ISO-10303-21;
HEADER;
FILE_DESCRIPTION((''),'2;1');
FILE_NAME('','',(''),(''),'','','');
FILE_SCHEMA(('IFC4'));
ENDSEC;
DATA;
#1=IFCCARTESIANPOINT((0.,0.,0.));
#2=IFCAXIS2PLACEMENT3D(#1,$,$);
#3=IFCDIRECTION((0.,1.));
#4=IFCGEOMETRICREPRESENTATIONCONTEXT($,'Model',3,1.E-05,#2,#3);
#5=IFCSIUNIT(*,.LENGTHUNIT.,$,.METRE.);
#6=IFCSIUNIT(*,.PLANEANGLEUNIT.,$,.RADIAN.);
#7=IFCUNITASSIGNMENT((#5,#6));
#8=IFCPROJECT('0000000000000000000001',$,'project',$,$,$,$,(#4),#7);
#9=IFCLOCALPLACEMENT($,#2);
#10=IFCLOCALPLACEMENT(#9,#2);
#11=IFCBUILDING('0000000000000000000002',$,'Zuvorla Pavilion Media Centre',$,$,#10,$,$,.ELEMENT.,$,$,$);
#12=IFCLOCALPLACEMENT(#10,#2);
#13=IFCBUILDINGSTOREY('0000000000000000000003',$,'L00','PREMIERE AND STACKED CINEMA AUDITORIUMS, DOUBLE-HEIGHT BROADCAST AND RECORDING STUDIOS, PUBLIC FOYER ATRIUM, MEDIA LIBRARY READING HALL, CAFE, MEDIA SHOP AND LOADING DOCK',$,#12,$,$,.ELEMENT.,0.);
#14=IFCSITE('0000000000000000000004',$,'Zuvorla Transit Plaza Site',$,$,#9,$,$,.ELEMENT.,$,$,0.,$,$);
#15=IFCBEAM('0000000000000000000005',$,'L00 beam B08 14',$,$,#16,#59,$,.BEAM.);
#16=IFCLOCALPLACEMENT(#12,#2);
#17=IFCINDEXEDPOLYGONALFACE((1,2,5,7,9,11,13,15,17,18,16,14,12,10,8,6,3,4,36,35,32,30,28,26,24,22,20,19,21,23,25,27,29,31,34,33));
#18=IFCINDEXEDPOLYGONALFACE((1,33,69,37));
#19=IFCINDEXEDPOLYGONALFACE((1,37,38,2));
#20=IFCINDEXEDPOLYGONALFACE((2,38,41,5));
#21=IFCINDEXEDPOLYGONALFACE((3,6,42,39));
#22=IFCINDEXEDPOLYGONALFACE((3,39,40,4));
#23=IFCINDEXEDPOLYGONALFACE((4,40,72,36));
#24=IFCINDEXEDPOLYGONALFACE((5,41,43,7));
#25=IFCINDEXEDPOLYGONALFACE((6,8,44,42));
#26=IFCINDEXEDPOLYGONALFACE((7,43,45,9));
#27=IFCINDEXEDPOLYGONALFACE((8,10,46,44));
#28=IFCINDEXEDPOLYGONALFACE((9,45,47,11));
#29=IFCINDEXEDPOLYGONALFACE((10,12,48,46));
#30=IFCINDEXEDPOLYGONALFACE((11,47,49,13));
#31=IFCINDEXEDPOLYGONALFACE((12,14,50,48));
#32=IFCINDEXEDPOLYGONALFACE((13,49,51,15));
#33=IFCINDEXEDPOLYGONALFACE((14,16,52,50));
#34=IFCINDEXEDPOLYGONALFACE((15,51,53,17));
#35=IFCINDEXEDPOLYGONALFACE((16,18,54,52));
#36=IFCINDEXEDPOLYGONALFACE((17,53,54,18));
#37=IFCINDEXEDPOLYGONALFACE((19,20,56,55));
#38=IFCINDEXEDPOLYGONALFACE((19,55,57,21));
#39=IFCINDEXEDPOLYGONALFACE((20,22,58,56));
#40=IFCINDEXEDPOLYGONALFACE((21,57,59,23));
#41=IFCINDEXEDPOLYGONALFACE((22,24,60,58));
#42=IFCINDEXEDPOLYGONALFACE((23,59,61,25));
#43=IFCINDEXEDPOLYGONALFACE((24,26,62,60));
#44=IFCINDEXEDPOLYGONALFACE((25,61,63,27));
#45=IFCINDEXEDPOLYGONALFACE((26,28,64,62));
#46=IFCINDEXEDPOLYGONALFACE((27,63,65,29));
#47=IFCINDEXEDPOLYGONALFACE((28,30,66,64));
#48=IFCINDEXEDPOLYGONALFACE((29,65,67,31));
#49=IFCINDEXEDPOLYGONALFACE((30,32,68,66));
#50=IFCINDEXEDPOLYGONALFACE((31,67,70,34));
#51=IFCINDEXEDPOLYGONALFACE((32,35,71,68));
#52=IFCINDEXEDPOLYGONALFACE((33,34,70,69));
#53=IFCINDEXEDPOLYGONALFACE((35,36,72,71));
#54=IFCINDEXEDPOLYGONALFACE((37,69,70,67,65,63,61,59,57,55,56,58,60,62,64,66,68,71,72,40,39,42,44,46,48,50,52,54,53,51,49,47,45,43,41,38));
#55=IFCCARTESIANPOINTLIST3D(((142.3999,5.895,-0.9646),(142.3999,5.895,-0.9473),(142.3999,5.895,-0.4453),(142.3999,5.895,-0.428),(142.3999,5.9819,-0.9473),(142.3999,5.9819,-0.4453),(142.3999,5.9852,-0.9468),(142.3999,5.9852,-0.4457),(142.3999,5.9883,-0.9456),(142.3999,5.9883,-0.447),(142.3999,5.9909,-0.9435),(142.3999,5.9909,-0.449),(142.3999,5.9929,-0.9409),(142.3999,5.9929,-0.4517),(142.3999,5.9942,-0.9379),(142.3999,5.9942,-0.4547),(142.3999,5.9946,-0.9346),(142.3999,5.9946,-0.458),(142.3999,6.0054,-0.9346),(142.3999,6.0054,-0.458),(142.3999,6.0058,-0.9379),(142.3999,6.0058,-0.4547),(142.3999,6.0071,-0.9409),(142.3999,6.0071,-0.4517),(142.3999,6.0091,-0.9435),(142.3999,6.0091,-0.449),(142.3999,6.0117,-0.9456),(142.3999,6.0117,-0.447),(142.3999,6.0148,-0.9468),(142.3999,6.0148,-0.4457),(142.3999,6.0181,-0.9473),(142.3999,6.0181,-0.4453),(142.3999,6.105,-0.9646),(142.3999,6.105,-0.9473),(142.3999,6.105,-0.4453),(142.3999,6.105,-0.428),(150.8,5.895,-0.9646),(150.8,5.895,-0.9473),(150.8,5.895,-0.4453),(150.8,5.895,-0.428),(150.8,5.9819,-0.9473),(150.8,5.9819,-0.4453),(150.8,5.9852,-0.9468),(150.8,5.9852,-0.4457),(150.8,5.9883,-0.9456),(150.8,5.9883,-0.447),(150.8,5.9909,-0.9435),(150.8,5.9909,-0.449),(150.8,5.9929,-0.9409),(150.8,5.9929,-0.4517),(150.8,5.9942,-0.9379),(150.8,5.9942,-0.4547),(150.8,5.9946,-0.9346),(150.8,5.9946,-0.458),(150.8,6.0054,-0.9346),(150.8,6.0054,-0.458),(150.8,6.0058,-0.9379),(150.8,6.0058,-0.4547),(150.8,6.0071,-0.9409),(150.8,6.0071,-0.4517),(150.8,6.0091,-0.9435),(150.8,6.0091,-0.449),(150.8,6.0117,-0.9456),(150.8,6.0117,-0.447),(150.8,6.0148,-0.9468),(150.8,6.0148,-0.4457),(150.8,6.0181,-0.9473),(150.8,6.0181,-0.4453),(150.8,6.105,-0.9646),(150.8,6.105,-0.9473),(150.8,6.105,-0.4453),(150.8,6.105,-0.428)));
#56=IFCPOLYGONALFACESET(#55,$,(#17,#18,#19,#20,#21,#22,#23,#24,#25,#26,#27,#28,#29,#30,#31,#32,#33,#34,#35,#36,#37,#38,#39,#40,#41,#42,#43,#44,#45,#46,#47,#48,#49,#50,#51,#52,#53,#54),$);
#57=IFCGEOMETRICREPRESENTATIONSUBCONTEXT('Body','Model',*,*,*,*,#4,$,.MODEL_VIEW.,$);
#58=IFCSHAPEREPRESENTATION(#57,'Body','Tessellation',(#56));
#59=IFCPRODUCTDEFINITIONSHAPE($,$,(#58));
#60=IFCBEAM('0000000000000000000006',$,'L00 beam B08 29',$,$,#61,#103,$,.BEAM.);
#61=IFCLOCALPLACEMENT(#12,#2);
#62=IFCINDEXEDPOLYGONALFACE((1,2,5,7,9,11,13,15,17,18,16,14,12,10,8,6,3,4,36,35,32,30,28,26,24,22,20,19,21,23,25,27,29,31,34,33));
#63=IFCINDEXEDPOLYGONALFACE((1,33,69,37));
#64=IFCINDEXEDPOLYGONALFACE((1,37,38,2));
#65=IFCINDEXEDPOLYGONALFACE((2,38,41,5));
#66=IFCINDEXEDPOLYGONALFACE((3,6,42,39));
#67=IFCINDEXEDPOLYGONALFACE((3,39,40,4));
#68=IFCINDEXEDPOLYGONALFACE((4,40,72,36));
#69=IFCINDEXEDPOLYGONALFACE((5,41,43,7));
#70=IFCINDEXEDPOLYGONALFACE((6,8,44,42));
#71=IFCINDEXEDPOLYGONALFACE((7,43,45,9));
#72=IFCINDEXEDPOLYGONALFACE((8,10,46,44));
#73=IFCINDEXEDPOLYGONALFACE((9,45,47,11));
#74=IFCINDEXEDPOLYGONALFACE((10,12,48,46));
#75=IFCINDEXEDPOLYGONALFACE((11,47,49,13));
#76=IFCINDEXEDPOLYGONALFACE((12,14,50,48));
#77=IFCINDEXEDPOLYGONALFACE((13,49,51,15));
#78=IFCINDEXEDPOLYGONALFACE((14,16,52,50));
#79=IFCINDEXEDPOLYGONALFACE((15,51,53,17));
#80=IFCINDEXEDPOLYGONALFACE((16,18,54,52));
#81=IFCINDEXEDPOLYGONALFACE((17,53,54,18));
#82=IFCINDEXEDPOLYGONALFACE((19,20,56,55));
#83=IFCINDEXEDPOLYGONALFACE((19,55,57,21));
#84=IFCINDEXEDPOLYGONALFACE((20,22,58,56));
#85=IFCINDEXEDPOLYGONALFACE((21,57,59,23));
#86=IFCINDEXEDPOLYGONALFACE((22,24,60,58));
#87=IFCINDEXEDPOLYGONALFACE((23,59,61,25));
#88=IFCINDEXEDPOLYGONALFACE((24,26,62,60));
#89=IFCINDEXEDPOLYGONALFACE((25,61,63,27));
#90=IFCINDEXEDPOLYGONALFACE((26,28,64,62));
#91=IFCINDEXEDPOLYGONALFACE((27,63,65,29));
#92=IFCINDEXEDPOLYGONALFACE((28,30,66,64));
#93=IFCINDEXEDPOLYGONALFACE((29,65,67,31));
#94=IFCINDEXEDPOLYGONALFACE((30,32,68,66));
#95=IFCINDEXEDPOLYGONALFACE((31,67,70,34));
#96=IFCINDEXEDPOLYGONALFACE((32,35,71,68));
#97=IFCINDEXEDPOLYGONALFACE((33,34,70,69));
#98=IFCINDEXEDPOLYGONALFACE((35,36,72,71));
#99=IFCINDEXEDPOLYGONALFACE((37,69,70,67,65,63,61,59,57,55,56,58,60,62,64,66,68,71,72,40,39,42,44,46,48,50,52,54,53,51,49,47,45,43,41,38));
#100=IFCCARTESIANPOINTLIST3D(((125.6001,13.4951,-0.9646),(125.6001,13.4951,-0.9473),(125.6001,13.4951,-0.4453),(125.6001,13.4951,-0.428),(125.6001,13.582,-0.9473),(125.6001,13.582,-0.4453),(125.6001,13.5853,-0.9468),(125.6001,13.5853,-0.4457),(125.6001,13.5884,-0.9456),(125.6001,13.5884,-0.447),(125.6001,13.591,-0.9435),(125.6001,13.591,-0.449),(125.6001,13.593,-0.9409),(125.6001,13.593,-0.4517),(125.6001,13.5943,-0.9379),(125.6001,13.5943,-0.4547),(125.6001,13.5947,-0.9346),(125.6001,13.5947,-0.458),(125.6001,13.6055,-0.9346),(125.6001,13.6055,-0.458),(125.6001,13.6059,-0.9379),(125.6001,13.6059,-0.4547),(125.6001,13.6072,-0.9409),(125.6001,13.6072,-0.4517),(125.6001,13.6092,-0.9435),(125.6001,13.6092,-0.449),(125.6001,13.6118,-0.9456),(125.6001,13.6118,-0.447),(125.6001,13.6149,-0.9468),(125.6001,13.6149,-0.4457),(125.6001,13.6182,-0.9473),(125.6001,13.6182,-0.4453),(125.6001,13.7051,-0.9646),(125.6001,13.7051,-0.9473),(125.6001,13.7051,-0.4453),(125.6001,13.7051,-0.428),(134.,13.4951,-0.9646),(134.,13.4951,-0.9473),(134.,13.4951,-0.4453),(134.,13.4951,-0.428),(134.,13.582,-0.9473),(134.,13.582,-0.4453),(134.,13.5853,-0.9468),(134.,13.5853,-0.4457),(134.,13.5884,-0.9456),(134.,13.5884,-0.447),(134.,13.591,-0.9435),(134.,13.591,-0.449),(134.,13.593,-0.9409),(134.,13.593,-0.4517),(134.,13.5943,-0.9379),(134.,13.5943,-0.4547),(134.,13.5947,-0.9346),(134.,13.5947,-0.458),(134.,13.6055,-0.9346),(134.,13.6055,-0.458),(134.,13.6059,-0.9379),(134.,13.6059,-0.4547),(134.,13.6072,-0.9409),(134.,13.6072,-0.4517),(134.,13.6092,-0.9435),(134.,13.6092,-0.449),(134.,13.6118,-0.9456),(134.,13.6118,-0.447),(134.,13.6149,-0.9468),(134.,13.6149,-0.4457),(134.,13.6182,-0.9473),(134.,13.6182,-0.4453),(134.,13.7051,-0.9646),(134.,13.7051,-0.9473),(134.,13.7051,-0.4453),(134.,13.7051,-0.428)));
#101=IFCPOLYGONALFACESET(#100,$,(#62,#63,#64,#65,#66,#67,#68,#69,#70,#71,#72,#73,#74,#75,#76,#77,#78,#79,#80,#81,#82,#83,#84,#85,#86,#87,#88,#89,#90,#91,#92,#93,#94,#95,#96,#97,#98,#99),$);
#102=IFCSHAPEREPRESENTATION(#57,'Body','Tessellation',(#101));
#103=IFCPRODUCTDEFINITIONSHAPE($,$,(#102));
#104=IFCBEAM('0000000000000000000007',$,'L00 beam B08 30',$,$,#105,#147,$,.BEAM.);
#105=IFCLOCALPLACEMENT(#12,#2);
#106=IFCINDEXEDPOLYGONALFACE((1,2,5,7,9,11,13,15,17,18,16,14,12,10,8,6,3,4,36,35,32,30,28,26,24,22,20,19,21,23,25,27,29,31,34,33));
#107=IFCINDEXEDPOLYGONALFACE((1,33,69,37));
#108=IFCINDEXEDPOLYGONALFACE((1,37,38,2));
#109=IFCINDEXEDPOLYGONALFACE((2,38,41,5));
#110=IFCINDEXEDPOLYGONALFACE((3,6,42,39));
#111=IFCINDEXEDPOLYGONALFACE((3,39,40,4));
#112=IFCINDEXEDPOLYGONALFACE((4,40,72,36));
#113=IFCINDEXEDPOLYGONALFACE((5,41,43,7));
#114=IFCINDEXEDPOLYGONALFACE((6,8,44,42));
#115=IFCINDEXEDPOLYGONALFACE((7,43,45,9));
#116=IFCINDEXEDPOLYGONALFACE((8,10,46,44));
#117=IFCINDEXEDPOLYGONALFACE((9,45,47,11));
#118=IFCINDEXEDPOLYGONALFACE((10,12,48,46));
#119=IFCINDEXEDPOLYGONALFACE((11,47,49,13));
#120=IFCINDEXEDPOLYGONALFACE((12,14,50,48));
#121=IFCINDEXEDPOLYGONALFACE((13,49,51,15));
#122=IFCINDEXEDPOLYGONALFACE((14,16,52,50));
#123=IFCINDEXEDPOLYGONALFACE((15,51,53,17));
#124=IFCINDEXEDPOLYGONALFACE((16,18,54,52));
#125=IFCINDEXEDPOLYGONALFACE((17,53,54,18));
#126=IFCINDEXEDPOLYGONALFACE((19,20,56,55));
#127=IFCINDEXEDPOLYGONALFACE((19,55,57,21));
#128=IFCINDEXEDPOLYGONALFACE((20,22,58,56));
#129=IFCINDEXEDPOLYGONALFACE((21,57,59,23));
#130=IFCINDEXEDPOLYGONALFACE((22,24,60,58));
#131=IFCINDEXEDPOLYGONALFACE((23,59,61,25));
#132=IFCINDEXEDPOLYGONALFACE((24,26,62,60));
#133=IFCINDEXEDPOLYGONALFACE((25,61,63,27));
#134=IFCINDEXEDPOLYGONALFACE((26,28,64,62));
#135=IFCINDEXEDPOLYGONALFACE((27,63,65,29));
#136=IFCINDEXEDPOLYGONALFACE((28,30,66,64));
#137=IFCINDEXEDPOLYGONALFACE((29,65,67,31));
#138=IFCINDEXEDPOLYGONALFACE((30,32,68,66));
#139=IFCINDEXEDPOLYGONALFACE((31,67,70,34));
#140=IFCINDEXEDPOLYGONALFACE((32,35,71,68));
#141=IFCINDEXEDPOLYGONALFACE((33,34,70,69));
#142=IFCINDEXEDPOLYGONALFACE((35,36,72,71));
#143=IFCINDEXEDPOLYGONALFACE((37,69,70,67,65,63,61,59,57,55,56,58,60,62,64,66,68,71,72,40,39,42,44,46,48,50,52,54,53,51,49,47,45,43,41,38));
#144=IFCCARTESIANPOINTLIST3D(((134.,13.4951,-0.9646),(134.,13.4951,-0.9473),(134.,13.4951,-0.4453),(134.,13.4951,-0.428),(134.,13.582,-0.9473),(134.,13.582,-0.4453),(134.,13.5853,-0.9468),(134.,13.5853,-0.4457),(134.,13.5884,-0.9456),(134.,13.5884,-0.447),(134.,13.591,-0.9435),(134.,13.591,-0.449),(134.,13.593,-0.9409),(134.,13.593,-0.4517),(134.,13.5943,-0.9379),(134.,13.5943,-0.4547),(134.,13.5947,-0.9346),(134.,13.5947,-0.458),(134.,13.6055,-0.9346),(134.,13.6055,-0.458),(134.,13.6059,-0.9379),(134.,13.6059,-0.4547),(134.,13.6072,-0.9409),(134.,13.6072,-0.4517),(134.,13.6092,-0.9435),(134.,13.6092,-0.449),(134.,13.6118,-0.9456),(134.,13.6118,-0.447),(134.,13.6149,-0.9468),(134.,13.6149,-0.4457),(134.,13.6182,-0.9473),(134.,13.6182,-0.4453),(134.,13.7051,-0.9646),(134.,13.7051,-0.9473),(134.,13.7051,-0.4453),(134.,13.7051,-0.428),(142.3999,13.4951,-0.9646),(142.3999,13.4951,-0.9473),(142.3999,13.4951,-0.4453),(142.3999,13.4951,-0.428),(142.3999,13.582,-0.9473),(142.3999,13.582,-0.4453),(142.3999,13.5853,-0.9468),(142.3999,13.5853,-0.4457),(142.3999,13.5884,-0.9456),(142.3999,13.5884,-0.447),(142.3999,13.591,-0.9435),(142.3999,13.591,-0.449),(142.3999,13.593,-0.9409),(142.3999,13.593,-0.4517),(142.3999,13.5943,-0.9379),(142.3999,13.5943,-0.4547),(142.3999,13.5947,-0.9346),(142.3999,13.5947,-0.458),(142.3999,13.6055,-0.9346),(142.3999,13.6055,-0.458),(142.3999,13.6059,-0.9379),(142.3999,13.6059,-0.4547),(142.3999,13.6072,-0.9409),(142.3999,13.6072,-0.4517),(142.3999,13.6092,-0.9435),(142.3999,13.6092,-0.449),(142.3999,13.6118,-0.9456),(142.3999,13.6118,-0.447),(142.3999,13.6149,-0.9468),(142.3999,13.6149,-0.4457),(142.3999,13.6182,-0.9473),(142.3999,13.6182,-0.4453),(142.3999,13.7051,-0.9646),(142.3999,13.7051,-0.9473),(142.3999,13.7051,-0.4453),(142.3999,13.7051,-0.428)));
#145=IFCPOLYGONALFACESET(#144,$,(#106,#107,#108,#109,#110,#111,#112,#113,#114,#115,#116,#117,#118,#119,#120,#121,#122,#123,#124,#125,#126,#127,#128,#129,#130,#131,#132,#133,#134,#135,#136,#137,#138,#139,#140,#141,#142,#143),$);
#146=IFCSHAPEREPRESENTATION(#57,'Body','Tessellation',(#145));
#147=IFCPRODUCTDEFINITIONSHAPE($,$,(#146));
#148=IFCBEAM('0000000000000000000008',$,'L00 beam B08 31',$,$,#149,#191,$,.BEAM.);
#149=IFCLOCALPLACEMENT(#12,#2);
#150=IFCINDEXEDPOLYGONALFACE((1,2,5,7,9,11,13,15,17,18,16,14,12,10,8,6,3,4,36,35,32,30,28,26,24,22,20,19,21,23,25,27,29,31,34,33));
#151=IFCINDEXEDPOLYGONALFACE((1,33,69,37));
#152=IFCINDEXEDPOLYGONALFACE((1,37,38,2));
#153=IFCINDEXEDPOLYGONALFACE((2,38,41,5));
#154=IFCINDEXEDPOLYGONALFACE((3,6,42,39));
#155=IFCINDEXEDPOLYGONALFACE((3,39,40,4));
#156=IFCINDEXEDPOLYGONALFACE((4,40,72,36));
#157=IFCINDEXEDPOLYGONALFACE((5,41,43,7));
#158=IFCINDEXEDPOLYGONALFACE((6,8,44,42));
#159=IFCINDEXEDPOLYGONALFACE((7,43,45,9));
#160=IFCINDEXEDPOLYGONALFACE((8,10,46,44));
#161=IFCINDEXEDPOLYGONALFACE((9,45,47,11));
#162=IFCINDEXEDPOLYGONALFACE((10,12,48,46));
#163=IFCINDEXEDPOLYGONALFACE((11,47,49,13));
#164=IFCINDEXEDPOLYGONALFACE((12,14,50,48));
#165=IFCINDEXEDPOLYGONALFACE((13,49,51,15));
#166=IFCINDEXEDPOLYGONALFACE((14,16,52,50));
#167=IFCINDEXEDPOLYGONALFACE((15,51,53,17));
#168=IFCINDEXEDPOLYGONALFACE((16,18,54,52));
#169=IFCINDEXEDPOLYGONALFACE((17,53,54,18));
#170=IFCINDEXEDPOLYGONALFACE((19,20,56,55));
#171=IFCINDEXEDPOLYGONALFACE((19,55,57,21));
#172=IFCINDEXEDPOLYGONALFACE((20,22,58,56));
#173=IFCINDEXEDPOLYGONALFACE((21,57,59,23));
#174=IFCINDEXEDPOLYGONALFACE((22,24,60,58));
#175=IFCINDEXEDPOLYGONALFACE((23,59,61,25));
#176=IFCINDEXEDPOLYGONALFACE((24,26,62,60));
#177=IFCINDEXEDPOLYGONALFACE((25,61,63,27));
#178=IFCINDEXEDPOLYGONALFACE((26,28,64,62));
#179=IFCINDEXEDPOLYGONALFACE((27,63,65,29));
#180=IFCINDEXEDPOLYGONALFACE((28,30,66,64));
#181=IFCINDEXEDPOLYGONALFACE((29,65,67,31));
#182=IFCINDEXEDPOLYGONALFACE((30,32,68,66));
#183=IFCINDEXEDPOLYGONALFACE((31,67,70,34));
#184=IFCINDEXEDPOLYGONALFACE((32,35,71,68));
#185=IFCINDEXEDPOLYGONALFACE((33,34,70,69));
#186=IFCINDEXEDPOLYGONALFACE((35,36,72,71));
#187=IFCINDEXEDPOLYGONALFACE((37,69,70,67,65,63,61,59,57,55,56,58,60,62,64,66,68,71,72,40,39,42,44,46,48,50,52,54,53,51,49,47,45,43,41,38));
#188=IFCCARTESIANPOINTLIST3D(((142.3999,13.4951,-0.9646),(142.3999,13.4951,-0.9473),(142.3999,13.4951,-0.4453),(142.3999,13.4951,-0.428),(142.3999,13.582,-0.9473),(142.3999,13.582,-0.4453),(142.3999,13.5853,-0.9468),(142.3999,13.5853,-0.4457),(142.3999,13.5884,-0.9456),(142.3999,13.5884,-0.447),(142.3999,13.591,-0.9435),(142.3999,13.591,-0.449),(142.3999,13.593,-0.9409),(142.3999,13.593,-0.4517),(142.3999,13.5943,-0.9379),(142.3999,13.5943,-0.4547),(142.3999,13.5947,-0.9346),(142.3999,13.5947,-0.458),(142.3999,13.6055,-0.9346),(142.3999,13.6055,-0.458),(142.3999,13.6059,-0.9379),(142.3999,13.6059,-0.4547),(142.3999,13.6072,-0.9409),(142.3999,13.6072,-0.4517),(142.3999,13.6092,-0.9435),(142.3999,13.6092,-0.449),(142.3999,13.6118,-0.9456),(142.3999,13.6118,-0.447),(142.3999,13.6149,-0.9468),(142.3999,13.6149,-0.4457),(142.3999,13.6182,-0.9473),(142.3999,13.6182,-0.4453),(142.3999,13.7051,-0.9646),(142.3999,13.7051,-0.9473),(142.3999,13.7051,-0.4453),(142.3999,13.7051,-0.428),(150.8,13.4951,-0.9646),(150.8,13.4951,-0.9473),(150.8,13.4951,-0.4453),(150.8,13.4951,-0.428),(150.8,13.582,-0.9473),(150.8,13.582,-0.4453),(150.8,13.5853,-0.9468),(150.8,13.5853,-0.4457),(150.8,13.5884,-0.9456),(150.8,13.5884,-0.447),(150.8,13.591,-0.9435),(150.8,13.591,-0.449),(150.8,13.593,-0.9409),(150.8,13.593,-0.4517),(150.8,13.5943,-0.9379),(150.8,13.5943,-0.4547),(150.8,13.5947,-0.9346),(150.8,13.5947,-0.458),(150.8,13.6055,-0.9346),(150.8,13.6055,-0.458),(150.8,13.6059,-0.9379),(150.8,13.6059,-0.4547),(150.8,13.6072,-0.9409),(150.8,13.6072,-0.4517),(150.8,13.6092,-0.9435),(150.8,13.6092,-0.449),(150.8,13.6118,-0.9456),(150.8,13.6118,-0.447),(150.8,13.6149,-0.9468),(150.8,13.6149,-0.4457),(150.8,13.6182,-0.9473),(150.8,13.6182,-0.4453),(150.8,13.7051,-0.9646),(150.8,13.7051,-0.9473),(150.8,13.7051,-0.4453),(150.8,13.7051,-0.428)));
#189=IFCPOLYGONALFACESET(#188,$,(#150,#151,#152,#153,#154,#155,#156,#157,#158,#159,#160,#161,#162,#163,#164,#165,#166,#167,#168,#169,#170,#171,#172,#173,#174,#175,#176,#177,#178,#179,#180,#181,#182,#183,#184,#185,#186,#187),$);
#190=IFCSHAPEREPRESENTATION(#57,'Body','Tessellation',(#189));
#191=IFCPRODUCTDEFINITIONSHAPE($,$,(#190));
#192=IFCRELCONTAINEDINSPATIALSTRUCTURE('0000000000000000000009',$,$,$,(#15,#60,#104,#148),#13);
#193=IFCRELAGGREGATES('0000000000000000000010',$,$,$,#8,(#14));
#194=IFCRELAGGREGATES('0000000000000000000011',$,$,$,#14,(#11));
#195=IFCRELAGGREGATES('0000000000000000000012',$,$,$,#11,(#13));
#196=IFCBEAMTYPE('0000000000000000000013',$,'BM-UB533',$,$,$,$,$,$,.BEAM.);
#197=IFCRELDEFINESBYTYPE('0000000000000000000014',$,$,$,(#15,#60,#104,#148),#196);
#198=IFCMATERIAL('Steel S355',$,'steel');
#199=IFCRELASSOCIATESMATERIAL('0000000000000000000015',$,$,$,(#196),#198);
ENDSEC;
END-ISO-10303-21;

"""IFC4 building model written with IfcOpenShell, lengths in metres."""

from ifc_helpers import new_model, si_unit, direction, frame, origin, origin_2d, place, context, subcontext, project, spatial, i_section, extrude, material, material_profile, profile_set, type_object, element, save


model = new_model("IFC4")

# Units and contexts
model_context = context("Model", 3, precision=1e-05, world=origin(), true_north=direction((0.0, 1.0)))
body_context = subcontext(model_context, "Body", "Model", "MODEL_VIEW")
ifc_project = project(units=[si_unit("LENGTHUNIT", "METRE"), si_unit("PLANEANGLEUNIT", "RADIAN")], contexts=[model_context])

# Site, building, storey
site_placement = place(None, origin())
site = spatial("IfcSite", under=ifc_project, at=site_placement, Name="Zuvorla Transit Plaza Site", CompositionType="ELEMENT", RefElevation=0.0)
building_placement = place(site_placement, origin())
building = spatial("IfcBuilding", under=site, at=building_placement, Name="Zuvorla Pavilion Media Centre", CompositionType="ELEMENT")
storey_placement = place(building_placement, origin())
storey = spatial("IfcBuildingStorey", under=building, at=storey_placement, Name="L00", Description="PREMIERE AND STACKED CINEMA AUDITORIUMS, DOUBLE-HEIGHT BROADCAST AND RECORDING STUDIOS, PUBLIC FOYER ATRIUM, MEDIA LIBRARY READING HALL, CAFE, MEDIA SHOP AND LOADING DOCK", CompositionType="ELEMENT", Elevation=0.0)

# Beams
ifc_material_1 = material(Name="Steel S355", Category="steel")
ifc_material_profile_1 = material_profile(ifc_material_1, i_section(OverallWidth=0.21, OverallDepth=0.5366, WebThickness=0.0107, FlangeThickness=0.0173, FilletRadius=0.0127, at=origin_2d()), Name="UB 533x210x101")
ifc_profile_set_1 = profile_set([ifc_material_profile_1], Name="Steel S355")
beam_type_1 = type_object("IfcBeamType", Name="BM-UB533", PredefinedType="BEAM", material=ifc_profile_set_1)
beam_1_placement = place(storey_placement, frame((142.3999, 6.0, -0.6963), z_axis=(1.0, 0.0, 0.0), x_axis=(0.0, 1.0, 0.0)))
element("IfcBeam", 1, at=beam_1_placement, inside=storey, type_object=beam_type_1, Name="L00 beam B08 14", PredefinedType="BEAM", context=body_context, shape_type="SweptSolid", body=[
    extrude(i_section(OverallWidth=0.21, OverallDepth=0.5366, WebThickness=0.0107, FlangeThickness=0.0173, FilletRadius=0.0127, at=origin_2d()), origin(), (0.0, 0.0, 1.0), 8.4001),
])
for number, where, z_axis, x_axis, name in (
    (2, (125.6001, 13.6001, -0.6963), (1.0, 0.0, 0.0), (0.0, 1.0, 0.0), "L00 beam B08 29"),
    (3, (134.0, 13.6001, -0.6963), (1.0, 0.0, 0.0), (0.0, 1.0, 0.0), "L00 beam B08 30"),
):
    element("IfcBeam", number, at=place(storey_placement, frame(where, z_axis=z_axis, x_axis=x_axis)), inside=storey, type_object=beam_type_1, Name=name, PredefinedType="BEAM", context=body_context, shape_type="SweptSolid", body=[
        extrude(i_section(OverallWidth=0.21, OverallDepth=0.5366, WebThickness=0.0107, FlangeThickness=0.0173, FilletRadius=0.0127, at=origin_2d()), origin(), (0.0, 0.0, 1.0), 8.3999),
    ])
beam_2_placement = place(storey_placement, frame((142.3999, 13.6001, -0.6963), z_axis=(1.0, 0.0, 0.0), x_axis=(0.0, 1.0, 0.0)))
element("IfcBeam", 4, at=beam_2_placement, inside=storey, type_object=beam_type_1, Name="L00 beam B08 31", PredefinedType="BEAM", context=body_context, shape_type="SweptSolid", body=[
    extrude(i_section(OverallWidth=0.21, OverallDepth=0.5366, WebThickness=0.0107, FlangeThickness=0.0173, FilletRadius=0.0127, at=origin_2d()), origin(), (0.0, 0.0, 1.0), 8.4001),
])

save(model, "model.ifc")
